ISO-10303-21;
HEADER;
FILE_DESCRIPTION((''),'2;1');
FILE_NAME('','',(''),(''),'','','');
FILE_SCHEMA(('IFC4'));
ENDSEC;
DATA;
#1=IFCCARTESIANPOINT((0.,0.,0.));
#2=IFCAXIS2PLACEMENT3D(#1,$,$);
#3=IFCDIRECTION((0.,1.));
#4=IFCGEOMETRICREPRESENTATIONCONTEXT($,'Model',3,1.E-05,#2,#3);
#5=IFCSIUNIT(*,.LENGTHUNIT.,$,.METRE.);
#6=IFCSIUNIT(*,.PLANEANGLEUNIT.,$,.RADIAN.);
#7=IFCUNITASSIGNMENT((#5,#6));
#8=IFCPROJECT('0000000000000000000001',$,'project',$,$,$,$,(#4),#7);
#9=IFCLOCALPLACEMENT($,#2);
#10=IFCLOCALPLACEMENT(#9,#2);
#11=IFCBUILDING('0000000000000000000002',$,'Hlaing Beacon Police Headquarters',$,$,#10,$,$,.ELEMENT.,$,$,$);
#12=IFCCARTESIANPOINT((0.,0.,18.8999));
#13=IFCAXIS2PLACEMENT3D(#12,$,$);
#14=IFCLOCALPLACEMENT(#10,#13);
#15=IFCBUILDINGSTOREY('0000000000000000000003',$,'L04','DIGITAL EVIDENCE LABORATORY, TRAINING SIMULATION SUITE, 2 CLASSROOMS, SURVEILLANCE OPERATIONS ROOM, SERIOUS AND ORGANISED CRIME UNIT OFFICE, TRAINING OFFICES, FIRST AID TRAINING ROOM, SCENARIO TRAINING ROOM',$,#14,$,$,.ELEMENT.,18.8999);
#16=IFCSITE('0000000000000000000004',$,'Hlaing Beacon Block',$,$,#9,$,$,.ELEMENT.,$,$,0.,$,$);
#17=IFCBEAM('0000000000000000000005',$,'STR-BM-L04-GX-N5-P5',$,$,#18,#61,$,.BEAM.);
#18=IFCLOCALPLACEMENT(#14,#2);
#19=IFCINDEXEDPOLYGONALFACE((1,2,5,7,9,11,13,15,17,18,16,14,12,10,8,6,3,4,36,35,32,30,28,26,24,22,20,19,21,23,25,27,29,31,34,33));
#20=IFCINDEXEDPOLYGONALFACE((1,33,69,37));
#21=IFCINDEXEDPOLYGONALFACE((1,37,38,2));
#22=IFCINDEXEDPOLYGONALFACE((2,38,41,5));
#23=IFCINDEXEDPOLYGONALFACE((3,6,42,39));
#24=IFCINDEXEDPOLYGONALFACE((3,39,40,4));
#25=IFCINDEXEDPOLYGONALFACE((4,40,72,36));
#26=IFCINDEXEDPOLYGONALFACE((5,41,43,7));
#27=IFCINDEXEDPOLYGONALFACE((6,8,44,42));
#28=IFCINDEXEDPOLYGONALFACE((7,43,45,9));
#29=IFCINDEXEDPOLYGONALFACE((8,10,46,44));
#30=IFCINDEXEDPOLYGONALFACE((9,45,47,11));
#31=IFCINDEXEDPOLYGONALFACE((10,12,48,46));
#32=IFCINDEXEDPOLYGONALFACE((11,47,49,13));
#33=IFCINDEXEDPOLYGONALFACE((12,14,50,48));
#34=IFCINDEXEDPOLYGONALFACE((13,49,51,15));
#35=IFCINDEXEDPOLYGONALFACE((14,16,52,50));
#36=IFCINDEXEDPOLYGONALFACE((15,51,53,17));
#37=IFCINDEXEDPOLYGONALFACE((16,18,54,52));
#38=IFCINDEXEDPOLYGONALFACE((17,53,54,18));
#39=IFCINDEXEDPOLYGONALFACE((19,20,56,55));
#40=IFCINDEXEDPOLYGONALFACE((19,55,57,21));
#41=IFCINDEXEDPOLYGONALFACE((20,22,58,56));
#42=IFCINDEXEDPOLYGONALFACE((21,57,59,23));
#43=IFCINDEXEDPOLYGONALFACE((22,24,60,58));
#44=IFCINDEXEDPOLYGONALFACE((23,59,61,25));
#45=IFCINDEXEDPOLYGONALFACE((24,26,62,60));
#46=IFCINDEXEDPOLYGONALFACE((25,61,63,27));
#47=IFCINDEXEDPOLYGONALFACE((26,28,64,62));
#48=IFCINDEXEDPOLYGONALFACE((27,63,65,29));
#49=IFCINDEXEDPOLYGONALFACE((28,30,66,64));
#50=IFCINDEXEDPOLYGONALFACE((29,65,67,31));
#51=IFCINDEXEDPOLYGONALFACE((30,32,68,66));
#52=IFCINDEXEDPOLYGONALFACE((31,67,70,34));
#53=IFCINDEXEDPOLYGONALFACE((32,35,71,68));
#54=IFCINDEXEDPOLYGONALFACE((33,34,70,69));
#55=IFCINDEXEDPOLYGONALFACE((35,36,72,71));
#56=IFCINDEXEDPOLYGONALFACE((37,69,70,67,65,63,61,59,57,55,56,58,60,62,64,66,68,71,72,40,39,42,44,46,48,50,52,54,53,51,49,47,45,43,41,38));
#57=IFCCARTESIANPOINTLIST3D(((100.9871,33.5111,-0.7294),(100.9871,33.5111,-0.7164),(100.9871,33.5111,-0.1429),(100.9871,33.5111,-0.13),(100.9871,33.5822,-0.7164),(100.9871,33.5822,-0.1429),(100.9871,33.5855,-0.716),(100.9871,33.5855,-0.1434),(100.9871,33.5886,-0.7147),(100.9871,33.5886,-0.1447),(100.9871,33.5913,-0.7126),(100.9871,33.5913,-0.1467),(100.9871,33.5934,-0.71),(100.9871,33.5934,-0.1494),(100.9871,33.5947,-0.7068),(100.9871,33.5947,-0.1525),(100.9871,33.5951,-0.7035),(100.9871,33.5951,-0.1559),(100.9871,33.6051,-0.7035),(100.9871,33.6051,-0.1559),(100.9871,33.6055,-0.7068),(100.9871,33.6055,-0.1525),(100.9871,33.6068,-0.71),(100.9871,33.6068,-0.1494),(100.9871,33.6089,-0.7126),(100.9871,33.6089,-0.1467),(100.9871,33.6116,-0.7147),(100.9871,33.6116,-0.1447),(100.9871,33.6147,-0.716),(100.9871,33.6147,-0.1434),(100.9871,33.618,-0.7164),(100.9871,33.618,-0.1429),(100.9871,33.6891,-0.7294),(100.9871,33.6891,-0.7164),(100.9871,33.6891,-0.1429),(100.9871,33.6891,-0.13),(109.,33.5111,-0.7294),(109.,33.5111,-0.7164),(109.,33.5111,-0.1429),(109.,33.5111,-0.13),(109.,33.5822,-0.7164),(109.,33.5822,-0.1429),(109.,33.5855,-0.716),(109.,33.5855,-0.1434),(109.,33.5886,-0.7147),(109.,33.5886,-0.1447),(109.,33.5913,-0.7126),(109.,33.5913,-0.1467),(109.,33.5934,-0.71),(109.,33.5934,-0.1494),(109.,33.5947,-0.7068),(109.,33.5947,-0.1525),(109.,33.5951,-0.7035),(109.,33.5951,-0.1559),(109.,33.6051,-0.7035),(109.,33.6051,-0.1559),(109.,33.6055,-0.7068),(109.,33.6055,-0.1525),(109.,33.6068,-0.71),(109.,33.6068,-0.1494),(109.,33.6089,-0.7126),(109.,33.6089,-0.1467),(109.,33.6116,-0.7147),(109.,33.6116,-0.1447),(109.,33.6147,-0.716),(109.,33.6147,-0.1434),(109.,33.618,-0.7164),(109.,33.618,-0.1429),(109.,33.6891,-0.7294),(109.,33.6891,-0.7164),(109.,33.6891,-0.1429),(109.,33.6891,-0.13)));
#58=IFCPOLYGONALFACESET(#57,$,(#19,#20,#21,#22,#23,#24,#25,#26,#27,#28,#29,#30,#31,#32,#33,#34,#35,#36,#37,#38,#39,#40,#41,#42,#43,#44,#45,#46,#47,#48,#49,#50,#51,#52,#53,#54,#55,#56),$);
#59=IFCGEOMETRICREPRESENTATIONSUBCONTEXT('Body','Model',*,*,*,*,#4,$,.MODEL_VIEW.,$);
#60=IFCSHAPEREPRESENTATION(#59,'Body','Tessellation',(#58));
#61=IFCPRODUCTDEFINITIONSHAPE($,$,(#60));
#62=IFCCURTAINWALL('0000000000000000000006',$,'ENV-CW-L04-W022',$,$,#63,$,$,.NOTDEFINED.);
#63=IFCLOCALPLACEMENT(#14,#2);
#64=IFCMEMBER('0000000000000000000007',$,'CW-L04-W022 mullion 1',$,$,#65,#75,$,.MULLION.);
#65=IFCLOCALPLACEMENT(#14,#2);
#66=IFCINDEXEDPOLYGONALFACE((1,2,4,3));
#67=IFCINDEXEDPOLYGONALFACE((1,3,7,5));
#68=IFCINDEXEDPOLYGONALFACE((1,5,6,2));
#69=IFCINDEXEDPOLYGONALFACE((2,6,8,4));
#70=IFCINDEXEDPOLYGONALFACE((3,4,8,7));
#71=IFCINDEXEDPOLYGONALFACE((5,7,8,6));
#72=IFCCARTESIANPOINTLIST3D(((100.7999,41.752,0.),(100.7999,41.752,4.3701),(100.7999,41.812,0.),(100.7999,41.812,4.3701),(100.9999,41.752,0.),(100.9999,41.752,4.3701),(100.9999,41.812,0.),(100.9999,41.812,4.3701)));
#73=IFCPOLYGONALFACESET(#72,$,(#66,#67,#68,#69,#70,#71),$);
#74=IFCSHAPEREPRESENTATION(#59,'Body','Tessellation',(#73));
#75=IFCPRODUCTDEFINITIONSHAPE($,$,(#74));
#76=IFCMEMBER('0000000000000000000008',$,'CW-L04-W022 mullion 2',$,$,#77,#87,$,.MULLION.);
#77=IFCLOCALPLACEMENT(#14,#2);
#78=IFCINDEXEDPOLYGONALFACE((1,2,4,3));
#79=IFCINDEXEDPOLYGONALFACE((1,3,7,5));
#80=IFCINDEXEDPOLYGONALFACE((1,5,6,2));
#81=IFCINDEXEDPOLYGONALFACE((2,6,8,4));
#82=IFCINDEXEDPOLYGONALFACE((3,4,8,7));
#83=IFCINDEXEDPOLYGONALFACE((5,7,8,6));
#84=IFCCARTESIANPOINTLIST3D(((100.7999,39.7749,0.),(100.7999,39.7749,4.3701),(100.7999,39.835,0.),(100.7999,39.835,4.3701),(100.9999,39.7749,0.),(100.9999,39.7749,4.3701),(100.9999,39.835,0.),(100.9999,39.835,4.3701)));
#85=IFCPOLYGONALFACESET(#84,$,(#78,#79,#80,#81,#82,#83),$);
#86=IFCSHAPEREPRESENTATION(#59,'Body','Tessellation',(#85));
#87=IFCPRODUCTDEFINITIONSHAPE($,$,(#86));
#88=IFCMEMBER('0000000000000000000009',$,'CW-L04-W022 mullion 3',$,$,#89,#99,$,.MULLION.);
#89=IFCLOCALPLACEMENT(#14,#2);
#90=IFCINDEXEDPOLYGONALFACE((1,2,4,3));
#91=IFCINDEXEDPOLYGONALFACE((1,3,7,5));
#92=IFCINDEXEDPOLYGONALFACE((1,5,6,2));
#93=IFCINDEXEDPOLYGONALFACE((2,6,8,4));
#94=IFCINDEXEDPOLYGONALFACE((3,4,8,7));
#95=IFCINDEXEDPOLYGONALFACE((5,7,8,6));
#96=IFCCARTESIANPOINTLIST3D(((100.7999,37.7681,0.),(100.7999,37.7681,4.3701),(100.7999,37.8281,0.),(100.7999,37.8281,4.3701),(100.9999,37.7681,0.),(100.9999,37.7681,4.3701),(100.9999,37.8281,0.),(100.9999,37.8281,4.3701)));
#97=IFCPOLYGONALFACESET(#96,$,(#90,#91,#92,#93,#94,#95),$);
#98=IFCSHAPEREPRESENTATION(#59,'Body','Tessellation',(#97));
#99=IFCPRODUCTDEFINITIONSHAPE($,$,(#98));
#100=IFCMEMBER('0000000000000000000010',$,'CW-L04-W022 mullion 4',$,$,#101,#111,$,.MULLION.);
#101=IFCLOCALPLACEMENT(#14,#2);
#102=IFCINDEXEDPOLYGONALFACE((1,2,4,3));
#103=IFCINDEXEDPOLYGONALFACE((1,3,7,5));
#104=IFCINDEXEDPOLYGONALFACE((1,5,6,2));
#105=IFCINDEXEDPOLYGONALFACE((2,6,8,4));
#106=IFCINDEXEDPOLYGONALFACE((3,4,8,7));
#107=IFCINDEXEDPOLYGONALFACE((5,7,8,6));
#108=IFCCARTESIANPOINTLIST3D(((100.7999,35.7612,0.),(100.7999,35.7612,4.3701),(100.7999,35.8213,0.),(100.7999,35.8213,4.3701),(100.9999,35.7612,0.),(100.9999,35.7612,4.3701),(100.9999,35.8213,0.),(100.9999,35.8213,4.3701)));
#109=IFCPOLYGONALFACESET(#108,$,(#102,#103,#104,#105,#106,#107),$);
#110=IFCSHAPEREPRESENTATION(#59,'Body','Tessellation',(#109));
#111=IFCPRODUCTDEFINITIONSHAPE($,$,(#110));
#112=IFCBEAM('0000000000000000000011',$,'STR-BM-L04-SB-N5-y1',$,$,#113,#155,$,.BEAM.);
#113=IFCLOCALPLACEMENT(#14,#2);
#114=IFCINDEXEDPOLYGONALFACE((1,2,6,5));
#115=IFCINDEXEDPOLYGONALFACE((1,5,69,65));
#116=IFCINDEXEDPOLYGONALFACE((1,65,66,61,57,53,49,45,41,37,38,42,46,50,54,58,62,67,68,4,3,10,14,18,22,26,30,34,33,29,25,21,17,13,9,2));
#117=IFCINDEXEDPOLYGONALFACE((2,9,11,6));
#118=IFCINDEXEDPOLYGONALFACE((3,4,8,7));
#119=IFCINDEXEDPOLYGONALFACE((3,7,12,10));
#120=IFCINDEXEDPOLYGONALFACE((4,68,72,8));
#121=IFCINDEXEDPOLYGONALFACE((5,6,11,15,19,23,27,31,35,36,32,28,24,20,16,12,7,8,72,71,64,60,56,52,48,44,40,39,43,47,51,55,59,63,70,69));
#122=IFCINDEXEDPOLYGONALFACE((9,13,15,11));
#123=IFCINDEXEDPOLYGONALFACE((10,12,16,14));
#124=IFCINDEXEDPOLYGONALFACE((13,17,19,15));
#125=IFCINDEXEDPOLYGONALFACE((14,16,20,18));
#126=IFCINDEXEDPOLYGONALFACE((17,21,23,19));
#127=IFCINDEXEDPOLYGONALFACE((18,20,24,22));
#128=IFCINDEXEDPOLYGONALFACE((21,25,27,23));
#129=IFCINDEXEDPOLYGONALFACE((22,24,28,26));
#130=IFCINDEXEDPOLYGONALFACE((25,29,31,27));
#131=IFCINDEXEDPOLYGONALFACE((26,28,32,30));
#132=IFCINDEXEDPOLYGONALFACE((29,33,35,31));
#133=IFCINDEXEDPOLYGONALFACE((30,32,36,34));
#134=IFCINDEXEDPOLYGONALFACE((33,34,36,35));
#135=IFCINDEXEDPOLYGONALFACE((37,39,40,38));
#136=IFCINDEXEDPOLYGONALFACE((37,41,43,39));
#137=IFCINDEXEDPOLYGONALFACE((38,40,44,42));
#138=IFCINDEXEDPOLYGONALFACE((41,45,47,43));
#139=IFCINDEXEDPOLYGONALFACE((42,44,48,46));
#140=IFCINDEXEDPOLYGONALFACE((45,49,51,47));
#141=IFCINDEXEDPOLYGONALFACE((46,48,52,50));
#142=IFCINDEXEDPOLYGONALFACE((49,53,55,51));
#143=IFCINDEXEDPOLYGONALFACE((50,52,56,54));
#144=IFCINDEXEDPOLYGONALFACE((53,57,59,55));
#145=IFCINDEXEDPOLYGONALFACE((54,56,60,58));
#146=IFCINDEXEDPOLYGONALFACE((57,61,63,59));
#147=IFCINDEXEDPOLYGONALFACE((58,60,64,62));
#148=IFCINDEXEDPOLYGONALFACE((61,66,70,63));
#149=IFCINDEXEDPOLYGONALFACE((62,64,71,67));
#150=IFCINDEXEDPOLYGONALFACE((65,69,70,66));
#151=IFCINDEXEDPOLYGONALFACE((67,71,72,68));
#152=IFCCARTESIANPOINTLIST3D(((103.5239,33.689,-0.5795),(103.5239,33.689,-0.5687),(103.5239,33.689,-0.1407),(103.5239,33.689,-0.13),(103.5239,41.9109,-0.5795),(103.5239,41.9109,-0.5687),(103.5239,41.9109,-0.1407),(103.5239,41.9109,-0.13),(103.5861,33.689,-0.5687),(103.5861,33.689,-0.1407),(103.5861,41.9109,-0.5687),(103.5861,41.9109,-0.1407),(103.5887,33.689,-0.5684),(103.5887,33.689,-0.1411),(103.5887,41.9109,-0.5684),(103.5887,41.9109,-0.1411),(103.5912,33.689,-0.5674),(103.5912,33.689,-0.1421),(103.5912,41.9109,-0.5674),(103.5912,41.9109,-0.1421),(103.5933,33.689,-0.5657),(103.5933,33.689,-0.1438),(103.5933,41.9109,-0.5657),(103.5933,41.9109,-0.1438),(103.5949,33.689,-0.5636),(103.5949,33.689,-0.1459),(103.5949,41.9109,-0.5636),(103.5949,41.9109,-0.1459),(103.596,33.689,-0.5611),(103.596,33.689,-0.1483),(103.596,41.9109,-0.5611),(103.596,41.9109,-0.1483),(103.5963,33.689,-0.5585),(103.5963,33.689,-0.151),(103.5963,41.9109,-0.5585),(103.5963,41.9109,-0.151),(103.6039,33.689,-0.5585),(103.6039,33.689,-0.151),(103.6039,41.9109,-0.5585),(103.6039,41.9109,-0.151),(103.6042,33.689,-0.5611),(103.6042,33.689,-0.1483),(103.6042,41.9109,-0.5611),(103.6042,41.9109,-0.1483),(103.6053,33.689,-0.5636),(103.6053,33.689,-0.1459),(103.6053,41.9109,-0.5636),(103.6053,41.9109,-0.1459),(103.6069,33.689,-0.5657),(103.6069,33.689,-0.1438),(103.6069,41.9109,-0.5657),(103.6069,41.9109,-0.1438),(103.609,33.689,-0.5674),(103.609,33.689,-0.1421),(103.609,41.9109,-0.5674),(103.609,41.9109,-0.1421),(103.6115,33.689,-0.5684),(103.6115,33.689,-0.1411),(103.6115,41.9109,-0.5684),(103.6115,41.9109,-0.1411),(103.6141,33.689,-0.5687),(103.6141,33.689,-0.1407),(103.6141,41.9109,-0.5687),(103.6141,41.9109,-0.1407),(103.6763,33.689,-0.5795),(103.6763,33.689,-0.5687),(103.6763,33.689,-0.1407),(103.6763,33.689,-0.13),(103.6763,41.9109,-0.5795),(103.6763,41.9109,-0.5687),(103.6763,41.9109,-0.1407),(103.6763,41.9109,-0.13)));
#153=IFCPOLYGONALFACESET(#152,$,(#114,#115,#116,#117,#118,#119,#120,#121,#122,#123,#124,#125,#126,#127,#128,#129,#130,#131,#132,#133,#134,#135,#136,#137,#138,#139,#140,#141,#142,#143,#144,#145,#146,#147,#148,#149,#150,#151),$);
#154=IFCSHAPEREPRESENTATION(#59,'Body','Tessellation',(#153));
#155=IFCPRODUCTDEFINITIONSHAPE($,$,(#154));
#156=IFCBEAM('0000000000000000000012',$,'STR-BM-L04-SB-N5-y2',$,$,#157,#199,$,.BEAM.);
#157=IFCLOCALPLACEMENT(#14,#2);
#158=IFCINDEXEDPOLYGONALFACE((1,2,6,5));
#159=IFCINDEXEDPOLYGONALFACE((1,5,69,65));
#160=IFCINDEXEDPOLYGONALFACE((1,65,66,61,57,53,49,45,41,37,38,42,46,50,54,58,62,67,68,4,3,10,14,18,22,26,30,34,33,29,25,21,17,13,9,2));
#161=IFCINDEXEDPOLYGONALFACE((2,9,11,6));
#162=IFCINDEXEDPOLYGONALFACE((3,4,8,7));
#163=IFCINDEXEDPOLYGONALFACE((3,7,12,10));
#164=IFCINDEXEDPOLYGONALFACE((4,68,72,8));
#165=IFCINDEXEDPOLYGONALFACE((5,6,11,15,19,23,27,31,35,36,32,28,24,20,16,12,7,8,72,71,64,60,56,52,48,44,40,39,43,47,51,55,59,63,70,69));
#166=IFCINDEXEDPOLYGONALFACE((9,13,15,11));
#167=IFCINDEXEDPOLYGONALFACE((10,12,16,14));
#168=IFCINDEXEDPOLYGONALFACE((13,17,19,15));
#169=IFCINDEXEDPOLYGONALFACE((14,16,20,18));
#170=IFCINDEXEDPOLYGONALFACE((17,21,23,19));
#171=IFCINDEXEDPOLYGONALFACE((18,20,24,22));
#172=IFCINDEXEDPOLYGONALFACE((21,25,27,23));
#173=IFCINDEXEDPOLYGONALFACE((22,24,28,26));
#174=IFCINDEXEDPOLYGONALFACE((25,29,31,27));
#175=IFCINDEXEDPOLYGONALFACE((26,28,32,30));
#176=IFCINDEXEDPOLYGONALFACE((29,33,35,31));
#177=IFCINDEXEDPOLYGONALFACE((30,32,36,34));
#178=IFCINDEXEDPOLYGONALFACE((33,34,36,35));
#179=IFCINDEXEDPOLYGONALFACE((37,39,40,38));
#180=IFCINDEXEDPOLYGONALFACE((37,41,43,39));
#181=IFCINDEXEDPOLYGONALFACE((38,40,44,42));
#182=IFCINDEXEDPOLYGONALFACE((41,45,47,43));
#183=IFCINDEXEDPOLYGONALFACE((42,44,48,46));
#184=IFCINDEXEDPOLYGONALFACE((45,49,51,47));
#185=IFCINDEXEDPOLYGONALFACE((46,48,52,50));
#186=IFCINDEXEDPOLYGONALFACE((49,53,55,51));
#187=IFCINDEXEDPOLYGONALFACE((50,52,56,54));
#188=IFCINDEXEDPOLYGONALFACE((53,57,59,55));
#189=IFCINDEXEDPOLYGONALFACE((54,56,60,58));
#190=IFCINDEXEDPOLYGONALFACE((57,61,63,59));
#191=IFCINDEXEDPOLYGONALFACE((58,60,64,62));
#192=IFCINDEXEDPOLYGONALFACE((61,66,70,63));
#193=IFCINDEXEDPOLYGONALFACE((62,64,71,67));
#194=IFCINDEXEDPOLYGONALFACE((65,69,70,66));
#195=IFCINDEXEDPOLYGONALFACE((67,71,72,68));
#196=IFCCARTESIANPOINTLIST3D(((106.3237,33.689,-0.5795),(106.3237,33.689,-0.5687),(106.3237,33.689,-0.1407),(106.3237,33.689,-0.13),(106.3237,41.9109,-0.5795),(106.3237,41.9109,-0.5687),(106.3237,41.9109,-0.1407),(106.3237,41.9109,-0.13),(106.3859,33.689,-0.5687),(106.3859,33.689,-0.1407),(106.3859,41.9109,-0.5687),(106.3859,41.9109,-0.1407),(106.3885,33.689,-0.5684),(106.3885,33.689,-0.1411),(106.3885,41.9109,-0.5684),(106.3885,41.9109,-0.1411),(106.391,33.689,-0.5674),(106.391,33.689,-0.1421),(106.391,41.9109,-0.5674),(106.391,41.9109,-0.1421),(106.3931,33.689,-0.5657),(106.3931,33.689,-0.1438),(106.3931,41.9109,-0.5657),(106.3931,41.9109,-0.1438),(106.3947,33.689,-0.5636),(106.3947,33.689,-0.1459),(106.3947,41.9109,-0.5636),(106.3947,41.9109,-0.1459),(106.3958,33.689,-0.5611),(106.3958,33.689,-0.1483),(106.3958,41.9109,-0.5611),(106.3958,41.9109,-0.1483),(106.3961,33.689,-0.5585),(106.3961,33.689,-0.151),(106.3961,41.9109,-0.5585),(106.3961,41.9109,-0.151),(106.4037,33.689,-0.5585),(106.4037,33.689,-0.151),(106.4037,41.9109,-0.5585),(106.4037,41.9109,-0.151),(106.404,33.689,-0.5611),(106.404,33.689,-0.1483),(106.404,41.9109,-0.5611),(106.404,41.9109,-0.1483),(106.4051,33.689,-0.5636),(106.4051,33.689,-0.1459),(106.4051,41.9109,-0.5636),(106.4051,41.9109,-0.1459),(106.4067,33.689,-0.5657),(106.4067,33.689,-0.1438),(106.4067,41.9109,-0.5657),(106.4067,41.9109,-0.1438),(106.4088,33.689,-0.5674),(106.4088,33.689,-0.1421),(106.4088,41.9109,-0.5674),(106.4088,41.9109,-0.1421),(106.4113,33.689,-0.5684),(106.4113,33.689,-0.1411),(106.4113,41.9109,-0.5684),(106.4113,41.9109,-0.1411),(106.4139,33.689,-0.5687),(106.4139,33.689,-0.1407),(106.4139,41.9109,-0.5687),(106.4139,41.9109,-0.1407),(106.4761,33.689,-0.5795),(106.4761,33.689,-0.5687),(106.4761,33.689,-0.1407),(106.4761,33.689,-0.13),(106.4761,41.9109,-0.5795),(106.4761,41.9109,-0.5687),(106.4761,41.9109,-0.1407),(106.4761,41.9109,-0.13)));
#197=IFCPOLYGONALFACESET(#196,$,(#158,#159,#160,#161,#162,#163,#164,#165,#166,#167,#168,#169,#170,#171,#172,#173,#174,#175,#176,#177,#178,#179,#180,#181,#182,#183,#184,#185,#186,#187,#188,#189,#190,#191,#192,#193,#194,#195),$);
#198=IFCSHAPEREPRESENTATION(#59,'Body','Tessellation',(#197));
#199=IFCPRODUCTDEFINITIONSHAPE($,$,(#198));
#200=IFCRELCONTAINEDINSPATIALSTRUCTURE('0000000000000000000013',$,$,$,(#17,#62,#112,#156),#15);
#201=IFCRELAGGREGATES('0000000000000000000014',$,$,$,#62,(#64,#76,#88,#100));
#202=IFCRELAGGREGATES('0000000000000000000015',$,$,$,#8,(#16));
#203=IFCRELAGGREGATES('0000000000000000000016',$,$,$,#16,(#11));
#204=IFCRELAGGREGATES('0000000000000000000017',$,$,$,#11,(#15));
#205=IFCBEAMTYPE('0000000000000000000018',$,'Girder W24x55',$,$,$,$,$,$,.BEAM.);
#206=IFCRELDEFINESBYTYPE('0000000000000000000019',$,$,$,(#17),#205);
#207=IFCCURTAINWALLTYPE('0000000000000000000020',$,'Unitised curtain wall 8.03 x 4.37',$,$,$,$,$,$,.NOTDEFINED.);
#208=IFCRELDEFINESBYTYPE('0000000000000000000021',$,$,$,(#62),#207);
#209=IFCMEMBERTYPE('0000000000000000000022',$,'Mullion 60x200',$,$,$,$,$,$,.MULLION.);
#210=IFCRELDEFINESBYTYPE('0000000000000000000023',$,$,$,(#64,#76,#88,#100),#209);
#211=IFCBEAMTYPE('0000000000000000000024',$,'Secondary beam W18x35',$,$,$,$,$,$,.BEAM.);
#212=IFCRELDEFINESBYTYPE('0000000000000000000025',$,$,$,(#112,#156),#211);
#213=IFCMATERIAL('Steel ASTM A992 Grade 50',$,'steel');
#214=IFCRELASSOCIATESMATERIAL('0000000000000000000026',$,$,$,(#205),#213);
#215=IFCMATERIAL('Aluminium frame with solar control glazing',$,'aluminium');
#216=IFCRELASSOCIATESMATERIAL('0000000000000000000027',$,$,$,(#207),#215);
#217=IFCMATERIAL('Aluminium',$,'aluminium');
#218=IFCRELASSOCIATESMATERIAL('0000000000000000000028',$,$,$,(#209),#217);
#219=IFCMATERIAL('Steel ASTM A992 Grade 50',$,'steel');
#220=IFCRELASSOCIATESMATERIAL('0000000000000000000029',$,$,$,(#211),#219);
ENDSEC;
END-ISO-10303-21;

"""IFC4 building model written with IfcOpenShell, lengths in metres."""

from ifc_helpers import new_model, si_unit, direction, frame, origin, origin_2d, place, context, subcontext, project, spatial, rectangle, i_section, extrude, material, material_profile, profile_set, type_object, element, aggregate, save


model = new_model("IFC4")

# Units and contexts
model_context = context("Model", 3, precision=1e-05, world=origin(), true_north=direction((0.0, 1.0)))
body_context = subcontext(model_context, "Body", "Model", "MODEL_VIEW")
ifc_project = project(units=[si_unit("LENGTHUNIT", "METRE"), si_unit("PLANEANGLEUNIT", "RADIAN")], contexts=[model_context])

# Site, building, storey
site_placement = place(None, origin())
site = spatial("IfcSite", under=ifc_project, at=site_placement, Name="Hlaing Beacon Block", CompositionType="ELEMENT", RefElevation=0.0)
building_placement = place(site_placement, origin())
building = spatial("IfcBuilding", under=site, at=building_placement, Name="Hlaing Beacon Police Headquarters", CompositionType="ELEMENT")
storey_placement = place(building_placement, frame((0.0, 0.0, 18.8999)))
storey = spatial("IfcBuildingStorey", under=building, at=storey_placement, Name="L04", Description="DIGITAL EVIDENCE LABORATORY, TRAINING SIMULATION SUITE, 2 CLASSROOMS, SURVEILLANCE OPERATIONS ROOM, SERIOUS AND ORGANISED CRIME UNIT OFFICE, TRAINING OFFICES, FIRST AID TRAINING ROOM, SCENARIO TRAINING ROOM", CompositionType="ELEMENT", Elevation=18.8999)

# Beam
ifc_material_1 = material(Name="Steel ASTM A992 Grade 50", Category="steel")
ifc_material_profile_1 = material_profile(ifc_material_1, i_section(OverallWidth=0.178, OverallDepth=0.5994, WebThickness=0.01, FlangeThickness=0.0129, FilletRadius=0.0129, at=origin_2d()), Name="W24x55")
ifc_profile_set_1 = profile_set([ifc_material_profile_1], Name="Steel ASTM A992 Grade 50")
beam_type_1 = type_object("IfcBeamType", Name="Girder W24x55", PredefinedType="BEAM", material=ifc_profile_set_1)
beam_placement = place(storey_placement, frame((100.9871, 33.6001, -0.4297), z_axis=(1.0, 0.0, 0.0), x_axis=(0.0, 1.0, 0.0)))
element("IfcBeam", 1, at=beam_placement, inside=storey, type_object=beam_type_1, Name="STR-BM-L04-GX-N5-P5", PredefinedType="BEAM", context=body_context, shape_type="SweptSolid", body=[
    extrude(i_section(OverallWidth=0.178, OverallDepth=0.5994, WebThickness=0.01, FlangeThickness=0.0129, FilletRadius=0.0129, at=origin_2d()), origin(), (0.0, 0.0, 1.0), 8.0129),
])

# Curtain wall, members
ifc_material_2 = material(Name="Aluminium frame with solar control glazing", Category="aluminium")
curtain_wall_type = type_object("IfcCurtainWallType", Name="Unitised curtain wall 8.03 x 4.37", PredefinedType="NOTDEFINED", material=ifc_material_2)
curtain_wall_placement = place(storey_placement, origin())
curtain_wall = element("IfcCurtainWall", 2, at=curtain_wall_placement, inside=storey, type_object=curtain_wall_type, Name="ENV-CW-L04-W022", PredefinedType="NOTDEFINED")
ifc_material_3 = material(Name="Aluminium", Category="aluminium")
ifc_material_profile_2 = material_profile(ifc_material_3, rectangle(XDim=0.2, YDim=0.0601, at=origin_2d()), Name="Mullion 60x200")
ifc_profile_set_2 = profile_set([ifc_material_profile_2], Name="Aluminium")
member_type_1 = type_object("IfcMemberType", Name="Mullion 60x200", PredefinedType="MULLION", material=ifc_profile_set_2)
member_1_placement = place(storey_placement, frame((100.8999, 41.782, 0.0), z_axis=(0.0, 0.0, 1.0), x_axis=(1.0, 0.0, 0.0)))
member_1 = element("IfcMember", 3, at=member_1_placement, type_object=member_type_1, Name="CW-L04-W022 mullion 1", PredefinedType="MULLION", context=body_context, shape_type="SweptSolid", body=[
    extrude(rectangle(XDim=0.2, YDim=0.0601, at=origin_2d()), origin(), (0.0, 0.0, 1.0), 4.3701),
])
member_2_placement = place(storey_placement, frame((100.8999, 39.8049, 0.0), z_axis=(0.0, 0.0, 1.0), x_axis=(1.0, 0.0, 0.0)))
member_2 = element("IfcMember", 4, at=member_2_placement, type_object=member_type_1, Name="CW-L04-W022 mullion 2", PredefinedType="MULLION", context=body_context, shape_type="SweptSolid", body=[
    extrude(rectangle(XDim=0.2, YDim=0.0601, at=origin_2d()), origin(), (0.0, 0.0, 1.0), 4.3701),
])
member_3_placement = place(storey_placement, frame((100.8999, 37.7981, 0.0), z_axis=(0.0, 0.0, 1.0), x_axis=(1.0, 0.0, 0.0)))
member_3 = element("IfcMember", 5, at=member_3_placement, type_object=member_type_1, Name="CW-L04-W022 mullion 3", PredefinedType="MULLION", context=body_context, shape_type="SweptSolid", body=[
    extrude(rectangle(XDim=0.2, YDim=0.0601, at=origin_2d()), origin(), (0.0, 0.0, 1.0), 4.3701),
])
member_4_placement = place(storey_placement, frame((100.8999, 35.7913, 0.0), z_axis=(0.0, 0.0, 1.0), x_axis=(1.0, 0.0, 0.0)))
member_4 = element("IfcMember", 6, at=member_4_placement, type_object=member_type_1, Name="CW-L04-W022 mullion 4", PredefinedType="MULLION", context=body_context, shape_type="SweptSolid", body=[
    extrude(rectangle(XDim=0.2, YDim=0.0601, at=origin_2d()), origin(), (0.0, 0.0, 1.0), 4.3701),
])

# Beams
ifc_material_4 = material(Name="Steel ASTM A992 Grade 50", Category="steel")
ifc_material_profile_3 = material_profile(ifc_material_4, i_section(OverallWidth=0.1523, OverallDepth=0.4495, WebThickness=0.0076, FlangeThickness=0.0107, FilletRadius=0.0103, at=origin_2d()), Name="W18x35")
ifc_profile_set_3 = profile_set([ifc_material_profile_3], Name="Steel ASTM A992 Grade 50")
beam_type_2 = type_object("IfcBeamType", Name="Secondary beam W18x35", PredefinedType="BEAM", material=ifc_profile_set_3)
for number, where, z_axis, x_axis, name in (
    (7, (103.6001, 33.689, -0.3547), (0.0, 1.0, 0.0), (-1.0, 0.0, 0.0), "STR-BM-L04-SB-N5-y1"),
    (8, (106.3999, 33.689, -0.3547), (0.0, 1.0, 0.0), (-1.0, 0.0, 0.0), "STR-BM-L04-SB-N5-y2"),
):
    element("IfcBeam", number, at=place(storey_placement, frame(where, z_axis=z_axis, x_axis=x_axis)), inside=storey, type_object=beam_type_2, Name=name, PredefinedType="BEAM", context=body_context, shape_type="SweptSolid", body=[
        extrude(i_section(OverallWidth=0.1523, OverallDepth=0.4495, WebThickness=0.0076, FlangeThickness=0.0107, FilletRadius=0.0103, at=origin_2d()), origin(), (0.0, 0.0, 1.0), 8.2219),
    ])

aggregate(curtain_wall, [member_1, member_2, member_3, member_4])

save(model, "model.ifc")
